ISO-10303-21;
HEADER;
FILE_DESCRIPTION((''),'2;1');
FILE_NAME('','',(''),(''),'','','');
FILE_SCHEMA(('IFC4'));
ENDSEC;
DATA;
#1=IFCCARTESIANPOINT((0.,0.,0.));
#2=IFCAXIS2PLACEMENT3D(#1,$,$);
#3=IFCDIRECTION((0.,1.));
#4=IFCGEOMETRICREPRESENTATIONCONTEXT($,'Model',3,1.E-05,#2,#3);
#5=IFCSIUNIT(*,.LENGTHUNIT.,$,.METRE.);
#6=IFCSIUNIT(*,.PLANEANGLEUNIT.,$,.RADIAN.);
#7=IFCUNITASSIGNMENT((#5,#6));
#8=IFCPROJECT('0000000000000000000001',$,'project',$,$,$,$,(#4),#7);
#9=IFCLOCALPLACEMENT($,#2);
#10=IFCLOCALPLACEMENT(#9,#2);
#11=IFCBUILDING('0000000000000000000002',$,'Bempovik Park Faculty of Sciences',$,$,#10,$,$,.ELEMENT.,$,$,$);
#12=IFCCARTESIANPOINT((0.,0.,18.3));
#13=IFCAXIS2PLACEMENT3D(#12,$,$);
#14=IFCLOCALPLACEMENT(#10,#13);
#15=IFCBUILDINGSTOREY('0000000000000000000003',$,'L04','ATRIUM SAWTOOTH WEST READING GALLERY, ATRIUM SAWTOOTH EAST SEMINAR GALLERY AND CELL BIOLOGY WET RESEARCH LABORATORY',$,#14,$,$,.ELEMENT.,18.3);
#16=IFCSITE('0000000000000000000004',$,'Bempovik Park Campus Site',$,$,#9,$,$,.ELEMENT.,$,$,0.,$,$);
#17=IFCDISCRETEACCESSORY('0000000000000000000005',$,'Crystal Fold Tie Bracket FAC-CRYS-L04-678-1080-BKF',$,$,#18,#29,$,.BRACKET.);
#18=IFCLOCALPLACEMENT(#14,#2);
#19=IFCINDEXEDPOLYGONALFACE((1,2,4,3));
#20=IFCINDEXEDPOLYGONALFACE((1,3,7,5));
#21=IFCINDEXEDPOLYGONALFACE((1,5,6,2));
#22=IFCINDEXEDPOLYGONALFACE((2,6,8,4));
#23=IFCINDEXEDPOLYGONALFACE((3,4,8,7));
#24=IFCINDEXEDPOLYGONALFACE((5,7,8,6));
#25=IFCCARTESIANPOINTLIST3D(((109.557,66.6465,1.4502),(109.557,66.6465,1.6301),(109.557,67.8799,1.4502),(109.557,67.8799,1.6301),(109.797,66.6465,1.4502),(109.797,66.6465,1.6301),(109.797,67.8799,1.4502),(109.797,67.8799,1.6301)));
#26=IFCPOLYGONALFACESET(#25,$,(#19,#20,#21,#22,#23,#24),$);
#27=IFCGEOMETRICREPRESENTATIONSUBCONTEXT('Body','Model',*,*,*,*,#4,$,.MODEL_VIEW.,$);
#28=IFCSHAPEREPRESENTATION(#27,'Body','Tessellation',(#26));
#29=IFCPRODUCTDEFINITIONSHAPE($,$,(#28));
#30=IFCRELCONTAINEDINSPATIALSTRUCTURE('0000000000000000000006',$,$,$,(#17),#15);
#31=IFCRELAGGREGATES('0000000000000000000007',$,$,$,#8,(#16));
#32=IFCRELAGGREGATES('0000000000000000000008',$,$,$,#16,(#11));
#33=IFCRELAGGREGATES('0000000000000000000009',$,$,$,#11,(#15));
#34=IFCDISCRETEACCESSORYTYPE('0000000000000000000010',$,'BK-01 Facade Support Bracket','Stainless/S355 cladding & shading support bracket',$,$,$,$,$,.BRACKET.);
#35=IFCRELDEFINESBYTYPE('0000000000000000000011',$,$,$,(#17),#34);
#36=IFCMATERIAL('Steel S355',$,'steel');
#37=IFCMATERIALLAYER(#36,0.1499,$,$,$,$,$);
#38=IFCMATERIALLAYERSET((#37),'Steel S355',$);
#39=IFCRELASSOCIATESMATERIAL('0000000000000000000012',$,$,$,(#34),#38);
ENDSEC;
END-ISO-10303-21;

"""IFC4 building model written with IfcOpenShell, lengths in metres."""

from ifc_helpers import new_model, si_unit, direction, frame, origin, origin_2d, place, context, subcontext, project, spatial, rectangle, extrude, material, layer, layer_set, type_object, element, save


model = new_model("IFC4")

# Units and contexts
model_context = context("Model", 3, precision=1e-05, world=origin(), true_north=direction((0.0, 1.0)))
body_context = subcontext(model_context, "Body", "Model", "MODEL_VIEW")
ifc_project = project(units=[si_unit("LENGTHUNIT", "METRE"), si_unit("PLANEANGLEUNIT", "RADIAN")], contexts=[model_context])

# Site, building, storey
site_placement = place(None, origin())
site = spatial("IfcSite", under=ifc_project, at=site_placement, Name="Bempovik Park Campus Site", CompositionType="ELEMENT", RefElevation=0.0)
building_placement = place(site_placement, origin())
building = spatial("IfcBuilding", under=site, at=building_placement, Name="Bempovik Park Faculty of Sciences", CompositionType="ELEMENT")
storey_placement = place(building_placement, frame((0.0, 0.0, 18.3)))
storey = spatial("IfcBuildingStorey", under=building, at=storey_placement, Name="L04", Description="ATRIUM SAWTOOTH WEST READING GALLERY, ATRIUM SAWTOOTH EAST SEMINAR GALLERY AND CELL BIOLOGY WET RESEARCH LABORATORY", CompositionType="ELEMENT", Elevation=18.3)

# Shared definitions
ifc_material_1 = material(Name="Steel S355", Category="steel")

# Discrete accessory
ifc_layer_1 = layer(ifc_material_1, 0.1499)
ifc_layer_set_1 = layer_set([ifc_layer_1], Name="Steel S355")
discrete_accessory_type = type_object("IfcDiscreteAccessoryType", Name="BK-01 Facade Support Bracket", Description="Stainless/S355 cladding & shading support bracket", PredefinedType="BRACKET", material=ifc_layer_set_1)
discrete_accessory_1_placement = place(storey_placement, frame((109.677, 67.2632, 1.4502), z_axis=(0.0, 0.0, 1.0), x_axis=(1.0, 0.0, 0.0)))
element("IfcDiscreteAccessory", 1, at=discrete_accessory_1_placement, inside=storey, type_object=discrete_accessory_type, Name="Crystal Fold Tie Bracket FAC-CRYS-L04-678-1080-BKF", PredefinedType="BRACKET", context=body_context, shape_type="SweptSolid", body=[
    extrude(rectangle(XDim=0.24, YDim=1.2334, at=origin_2d()), origin(), (0.0, 0.0, 1.0), 0.1799),
])

save(model, "model.ifc")
